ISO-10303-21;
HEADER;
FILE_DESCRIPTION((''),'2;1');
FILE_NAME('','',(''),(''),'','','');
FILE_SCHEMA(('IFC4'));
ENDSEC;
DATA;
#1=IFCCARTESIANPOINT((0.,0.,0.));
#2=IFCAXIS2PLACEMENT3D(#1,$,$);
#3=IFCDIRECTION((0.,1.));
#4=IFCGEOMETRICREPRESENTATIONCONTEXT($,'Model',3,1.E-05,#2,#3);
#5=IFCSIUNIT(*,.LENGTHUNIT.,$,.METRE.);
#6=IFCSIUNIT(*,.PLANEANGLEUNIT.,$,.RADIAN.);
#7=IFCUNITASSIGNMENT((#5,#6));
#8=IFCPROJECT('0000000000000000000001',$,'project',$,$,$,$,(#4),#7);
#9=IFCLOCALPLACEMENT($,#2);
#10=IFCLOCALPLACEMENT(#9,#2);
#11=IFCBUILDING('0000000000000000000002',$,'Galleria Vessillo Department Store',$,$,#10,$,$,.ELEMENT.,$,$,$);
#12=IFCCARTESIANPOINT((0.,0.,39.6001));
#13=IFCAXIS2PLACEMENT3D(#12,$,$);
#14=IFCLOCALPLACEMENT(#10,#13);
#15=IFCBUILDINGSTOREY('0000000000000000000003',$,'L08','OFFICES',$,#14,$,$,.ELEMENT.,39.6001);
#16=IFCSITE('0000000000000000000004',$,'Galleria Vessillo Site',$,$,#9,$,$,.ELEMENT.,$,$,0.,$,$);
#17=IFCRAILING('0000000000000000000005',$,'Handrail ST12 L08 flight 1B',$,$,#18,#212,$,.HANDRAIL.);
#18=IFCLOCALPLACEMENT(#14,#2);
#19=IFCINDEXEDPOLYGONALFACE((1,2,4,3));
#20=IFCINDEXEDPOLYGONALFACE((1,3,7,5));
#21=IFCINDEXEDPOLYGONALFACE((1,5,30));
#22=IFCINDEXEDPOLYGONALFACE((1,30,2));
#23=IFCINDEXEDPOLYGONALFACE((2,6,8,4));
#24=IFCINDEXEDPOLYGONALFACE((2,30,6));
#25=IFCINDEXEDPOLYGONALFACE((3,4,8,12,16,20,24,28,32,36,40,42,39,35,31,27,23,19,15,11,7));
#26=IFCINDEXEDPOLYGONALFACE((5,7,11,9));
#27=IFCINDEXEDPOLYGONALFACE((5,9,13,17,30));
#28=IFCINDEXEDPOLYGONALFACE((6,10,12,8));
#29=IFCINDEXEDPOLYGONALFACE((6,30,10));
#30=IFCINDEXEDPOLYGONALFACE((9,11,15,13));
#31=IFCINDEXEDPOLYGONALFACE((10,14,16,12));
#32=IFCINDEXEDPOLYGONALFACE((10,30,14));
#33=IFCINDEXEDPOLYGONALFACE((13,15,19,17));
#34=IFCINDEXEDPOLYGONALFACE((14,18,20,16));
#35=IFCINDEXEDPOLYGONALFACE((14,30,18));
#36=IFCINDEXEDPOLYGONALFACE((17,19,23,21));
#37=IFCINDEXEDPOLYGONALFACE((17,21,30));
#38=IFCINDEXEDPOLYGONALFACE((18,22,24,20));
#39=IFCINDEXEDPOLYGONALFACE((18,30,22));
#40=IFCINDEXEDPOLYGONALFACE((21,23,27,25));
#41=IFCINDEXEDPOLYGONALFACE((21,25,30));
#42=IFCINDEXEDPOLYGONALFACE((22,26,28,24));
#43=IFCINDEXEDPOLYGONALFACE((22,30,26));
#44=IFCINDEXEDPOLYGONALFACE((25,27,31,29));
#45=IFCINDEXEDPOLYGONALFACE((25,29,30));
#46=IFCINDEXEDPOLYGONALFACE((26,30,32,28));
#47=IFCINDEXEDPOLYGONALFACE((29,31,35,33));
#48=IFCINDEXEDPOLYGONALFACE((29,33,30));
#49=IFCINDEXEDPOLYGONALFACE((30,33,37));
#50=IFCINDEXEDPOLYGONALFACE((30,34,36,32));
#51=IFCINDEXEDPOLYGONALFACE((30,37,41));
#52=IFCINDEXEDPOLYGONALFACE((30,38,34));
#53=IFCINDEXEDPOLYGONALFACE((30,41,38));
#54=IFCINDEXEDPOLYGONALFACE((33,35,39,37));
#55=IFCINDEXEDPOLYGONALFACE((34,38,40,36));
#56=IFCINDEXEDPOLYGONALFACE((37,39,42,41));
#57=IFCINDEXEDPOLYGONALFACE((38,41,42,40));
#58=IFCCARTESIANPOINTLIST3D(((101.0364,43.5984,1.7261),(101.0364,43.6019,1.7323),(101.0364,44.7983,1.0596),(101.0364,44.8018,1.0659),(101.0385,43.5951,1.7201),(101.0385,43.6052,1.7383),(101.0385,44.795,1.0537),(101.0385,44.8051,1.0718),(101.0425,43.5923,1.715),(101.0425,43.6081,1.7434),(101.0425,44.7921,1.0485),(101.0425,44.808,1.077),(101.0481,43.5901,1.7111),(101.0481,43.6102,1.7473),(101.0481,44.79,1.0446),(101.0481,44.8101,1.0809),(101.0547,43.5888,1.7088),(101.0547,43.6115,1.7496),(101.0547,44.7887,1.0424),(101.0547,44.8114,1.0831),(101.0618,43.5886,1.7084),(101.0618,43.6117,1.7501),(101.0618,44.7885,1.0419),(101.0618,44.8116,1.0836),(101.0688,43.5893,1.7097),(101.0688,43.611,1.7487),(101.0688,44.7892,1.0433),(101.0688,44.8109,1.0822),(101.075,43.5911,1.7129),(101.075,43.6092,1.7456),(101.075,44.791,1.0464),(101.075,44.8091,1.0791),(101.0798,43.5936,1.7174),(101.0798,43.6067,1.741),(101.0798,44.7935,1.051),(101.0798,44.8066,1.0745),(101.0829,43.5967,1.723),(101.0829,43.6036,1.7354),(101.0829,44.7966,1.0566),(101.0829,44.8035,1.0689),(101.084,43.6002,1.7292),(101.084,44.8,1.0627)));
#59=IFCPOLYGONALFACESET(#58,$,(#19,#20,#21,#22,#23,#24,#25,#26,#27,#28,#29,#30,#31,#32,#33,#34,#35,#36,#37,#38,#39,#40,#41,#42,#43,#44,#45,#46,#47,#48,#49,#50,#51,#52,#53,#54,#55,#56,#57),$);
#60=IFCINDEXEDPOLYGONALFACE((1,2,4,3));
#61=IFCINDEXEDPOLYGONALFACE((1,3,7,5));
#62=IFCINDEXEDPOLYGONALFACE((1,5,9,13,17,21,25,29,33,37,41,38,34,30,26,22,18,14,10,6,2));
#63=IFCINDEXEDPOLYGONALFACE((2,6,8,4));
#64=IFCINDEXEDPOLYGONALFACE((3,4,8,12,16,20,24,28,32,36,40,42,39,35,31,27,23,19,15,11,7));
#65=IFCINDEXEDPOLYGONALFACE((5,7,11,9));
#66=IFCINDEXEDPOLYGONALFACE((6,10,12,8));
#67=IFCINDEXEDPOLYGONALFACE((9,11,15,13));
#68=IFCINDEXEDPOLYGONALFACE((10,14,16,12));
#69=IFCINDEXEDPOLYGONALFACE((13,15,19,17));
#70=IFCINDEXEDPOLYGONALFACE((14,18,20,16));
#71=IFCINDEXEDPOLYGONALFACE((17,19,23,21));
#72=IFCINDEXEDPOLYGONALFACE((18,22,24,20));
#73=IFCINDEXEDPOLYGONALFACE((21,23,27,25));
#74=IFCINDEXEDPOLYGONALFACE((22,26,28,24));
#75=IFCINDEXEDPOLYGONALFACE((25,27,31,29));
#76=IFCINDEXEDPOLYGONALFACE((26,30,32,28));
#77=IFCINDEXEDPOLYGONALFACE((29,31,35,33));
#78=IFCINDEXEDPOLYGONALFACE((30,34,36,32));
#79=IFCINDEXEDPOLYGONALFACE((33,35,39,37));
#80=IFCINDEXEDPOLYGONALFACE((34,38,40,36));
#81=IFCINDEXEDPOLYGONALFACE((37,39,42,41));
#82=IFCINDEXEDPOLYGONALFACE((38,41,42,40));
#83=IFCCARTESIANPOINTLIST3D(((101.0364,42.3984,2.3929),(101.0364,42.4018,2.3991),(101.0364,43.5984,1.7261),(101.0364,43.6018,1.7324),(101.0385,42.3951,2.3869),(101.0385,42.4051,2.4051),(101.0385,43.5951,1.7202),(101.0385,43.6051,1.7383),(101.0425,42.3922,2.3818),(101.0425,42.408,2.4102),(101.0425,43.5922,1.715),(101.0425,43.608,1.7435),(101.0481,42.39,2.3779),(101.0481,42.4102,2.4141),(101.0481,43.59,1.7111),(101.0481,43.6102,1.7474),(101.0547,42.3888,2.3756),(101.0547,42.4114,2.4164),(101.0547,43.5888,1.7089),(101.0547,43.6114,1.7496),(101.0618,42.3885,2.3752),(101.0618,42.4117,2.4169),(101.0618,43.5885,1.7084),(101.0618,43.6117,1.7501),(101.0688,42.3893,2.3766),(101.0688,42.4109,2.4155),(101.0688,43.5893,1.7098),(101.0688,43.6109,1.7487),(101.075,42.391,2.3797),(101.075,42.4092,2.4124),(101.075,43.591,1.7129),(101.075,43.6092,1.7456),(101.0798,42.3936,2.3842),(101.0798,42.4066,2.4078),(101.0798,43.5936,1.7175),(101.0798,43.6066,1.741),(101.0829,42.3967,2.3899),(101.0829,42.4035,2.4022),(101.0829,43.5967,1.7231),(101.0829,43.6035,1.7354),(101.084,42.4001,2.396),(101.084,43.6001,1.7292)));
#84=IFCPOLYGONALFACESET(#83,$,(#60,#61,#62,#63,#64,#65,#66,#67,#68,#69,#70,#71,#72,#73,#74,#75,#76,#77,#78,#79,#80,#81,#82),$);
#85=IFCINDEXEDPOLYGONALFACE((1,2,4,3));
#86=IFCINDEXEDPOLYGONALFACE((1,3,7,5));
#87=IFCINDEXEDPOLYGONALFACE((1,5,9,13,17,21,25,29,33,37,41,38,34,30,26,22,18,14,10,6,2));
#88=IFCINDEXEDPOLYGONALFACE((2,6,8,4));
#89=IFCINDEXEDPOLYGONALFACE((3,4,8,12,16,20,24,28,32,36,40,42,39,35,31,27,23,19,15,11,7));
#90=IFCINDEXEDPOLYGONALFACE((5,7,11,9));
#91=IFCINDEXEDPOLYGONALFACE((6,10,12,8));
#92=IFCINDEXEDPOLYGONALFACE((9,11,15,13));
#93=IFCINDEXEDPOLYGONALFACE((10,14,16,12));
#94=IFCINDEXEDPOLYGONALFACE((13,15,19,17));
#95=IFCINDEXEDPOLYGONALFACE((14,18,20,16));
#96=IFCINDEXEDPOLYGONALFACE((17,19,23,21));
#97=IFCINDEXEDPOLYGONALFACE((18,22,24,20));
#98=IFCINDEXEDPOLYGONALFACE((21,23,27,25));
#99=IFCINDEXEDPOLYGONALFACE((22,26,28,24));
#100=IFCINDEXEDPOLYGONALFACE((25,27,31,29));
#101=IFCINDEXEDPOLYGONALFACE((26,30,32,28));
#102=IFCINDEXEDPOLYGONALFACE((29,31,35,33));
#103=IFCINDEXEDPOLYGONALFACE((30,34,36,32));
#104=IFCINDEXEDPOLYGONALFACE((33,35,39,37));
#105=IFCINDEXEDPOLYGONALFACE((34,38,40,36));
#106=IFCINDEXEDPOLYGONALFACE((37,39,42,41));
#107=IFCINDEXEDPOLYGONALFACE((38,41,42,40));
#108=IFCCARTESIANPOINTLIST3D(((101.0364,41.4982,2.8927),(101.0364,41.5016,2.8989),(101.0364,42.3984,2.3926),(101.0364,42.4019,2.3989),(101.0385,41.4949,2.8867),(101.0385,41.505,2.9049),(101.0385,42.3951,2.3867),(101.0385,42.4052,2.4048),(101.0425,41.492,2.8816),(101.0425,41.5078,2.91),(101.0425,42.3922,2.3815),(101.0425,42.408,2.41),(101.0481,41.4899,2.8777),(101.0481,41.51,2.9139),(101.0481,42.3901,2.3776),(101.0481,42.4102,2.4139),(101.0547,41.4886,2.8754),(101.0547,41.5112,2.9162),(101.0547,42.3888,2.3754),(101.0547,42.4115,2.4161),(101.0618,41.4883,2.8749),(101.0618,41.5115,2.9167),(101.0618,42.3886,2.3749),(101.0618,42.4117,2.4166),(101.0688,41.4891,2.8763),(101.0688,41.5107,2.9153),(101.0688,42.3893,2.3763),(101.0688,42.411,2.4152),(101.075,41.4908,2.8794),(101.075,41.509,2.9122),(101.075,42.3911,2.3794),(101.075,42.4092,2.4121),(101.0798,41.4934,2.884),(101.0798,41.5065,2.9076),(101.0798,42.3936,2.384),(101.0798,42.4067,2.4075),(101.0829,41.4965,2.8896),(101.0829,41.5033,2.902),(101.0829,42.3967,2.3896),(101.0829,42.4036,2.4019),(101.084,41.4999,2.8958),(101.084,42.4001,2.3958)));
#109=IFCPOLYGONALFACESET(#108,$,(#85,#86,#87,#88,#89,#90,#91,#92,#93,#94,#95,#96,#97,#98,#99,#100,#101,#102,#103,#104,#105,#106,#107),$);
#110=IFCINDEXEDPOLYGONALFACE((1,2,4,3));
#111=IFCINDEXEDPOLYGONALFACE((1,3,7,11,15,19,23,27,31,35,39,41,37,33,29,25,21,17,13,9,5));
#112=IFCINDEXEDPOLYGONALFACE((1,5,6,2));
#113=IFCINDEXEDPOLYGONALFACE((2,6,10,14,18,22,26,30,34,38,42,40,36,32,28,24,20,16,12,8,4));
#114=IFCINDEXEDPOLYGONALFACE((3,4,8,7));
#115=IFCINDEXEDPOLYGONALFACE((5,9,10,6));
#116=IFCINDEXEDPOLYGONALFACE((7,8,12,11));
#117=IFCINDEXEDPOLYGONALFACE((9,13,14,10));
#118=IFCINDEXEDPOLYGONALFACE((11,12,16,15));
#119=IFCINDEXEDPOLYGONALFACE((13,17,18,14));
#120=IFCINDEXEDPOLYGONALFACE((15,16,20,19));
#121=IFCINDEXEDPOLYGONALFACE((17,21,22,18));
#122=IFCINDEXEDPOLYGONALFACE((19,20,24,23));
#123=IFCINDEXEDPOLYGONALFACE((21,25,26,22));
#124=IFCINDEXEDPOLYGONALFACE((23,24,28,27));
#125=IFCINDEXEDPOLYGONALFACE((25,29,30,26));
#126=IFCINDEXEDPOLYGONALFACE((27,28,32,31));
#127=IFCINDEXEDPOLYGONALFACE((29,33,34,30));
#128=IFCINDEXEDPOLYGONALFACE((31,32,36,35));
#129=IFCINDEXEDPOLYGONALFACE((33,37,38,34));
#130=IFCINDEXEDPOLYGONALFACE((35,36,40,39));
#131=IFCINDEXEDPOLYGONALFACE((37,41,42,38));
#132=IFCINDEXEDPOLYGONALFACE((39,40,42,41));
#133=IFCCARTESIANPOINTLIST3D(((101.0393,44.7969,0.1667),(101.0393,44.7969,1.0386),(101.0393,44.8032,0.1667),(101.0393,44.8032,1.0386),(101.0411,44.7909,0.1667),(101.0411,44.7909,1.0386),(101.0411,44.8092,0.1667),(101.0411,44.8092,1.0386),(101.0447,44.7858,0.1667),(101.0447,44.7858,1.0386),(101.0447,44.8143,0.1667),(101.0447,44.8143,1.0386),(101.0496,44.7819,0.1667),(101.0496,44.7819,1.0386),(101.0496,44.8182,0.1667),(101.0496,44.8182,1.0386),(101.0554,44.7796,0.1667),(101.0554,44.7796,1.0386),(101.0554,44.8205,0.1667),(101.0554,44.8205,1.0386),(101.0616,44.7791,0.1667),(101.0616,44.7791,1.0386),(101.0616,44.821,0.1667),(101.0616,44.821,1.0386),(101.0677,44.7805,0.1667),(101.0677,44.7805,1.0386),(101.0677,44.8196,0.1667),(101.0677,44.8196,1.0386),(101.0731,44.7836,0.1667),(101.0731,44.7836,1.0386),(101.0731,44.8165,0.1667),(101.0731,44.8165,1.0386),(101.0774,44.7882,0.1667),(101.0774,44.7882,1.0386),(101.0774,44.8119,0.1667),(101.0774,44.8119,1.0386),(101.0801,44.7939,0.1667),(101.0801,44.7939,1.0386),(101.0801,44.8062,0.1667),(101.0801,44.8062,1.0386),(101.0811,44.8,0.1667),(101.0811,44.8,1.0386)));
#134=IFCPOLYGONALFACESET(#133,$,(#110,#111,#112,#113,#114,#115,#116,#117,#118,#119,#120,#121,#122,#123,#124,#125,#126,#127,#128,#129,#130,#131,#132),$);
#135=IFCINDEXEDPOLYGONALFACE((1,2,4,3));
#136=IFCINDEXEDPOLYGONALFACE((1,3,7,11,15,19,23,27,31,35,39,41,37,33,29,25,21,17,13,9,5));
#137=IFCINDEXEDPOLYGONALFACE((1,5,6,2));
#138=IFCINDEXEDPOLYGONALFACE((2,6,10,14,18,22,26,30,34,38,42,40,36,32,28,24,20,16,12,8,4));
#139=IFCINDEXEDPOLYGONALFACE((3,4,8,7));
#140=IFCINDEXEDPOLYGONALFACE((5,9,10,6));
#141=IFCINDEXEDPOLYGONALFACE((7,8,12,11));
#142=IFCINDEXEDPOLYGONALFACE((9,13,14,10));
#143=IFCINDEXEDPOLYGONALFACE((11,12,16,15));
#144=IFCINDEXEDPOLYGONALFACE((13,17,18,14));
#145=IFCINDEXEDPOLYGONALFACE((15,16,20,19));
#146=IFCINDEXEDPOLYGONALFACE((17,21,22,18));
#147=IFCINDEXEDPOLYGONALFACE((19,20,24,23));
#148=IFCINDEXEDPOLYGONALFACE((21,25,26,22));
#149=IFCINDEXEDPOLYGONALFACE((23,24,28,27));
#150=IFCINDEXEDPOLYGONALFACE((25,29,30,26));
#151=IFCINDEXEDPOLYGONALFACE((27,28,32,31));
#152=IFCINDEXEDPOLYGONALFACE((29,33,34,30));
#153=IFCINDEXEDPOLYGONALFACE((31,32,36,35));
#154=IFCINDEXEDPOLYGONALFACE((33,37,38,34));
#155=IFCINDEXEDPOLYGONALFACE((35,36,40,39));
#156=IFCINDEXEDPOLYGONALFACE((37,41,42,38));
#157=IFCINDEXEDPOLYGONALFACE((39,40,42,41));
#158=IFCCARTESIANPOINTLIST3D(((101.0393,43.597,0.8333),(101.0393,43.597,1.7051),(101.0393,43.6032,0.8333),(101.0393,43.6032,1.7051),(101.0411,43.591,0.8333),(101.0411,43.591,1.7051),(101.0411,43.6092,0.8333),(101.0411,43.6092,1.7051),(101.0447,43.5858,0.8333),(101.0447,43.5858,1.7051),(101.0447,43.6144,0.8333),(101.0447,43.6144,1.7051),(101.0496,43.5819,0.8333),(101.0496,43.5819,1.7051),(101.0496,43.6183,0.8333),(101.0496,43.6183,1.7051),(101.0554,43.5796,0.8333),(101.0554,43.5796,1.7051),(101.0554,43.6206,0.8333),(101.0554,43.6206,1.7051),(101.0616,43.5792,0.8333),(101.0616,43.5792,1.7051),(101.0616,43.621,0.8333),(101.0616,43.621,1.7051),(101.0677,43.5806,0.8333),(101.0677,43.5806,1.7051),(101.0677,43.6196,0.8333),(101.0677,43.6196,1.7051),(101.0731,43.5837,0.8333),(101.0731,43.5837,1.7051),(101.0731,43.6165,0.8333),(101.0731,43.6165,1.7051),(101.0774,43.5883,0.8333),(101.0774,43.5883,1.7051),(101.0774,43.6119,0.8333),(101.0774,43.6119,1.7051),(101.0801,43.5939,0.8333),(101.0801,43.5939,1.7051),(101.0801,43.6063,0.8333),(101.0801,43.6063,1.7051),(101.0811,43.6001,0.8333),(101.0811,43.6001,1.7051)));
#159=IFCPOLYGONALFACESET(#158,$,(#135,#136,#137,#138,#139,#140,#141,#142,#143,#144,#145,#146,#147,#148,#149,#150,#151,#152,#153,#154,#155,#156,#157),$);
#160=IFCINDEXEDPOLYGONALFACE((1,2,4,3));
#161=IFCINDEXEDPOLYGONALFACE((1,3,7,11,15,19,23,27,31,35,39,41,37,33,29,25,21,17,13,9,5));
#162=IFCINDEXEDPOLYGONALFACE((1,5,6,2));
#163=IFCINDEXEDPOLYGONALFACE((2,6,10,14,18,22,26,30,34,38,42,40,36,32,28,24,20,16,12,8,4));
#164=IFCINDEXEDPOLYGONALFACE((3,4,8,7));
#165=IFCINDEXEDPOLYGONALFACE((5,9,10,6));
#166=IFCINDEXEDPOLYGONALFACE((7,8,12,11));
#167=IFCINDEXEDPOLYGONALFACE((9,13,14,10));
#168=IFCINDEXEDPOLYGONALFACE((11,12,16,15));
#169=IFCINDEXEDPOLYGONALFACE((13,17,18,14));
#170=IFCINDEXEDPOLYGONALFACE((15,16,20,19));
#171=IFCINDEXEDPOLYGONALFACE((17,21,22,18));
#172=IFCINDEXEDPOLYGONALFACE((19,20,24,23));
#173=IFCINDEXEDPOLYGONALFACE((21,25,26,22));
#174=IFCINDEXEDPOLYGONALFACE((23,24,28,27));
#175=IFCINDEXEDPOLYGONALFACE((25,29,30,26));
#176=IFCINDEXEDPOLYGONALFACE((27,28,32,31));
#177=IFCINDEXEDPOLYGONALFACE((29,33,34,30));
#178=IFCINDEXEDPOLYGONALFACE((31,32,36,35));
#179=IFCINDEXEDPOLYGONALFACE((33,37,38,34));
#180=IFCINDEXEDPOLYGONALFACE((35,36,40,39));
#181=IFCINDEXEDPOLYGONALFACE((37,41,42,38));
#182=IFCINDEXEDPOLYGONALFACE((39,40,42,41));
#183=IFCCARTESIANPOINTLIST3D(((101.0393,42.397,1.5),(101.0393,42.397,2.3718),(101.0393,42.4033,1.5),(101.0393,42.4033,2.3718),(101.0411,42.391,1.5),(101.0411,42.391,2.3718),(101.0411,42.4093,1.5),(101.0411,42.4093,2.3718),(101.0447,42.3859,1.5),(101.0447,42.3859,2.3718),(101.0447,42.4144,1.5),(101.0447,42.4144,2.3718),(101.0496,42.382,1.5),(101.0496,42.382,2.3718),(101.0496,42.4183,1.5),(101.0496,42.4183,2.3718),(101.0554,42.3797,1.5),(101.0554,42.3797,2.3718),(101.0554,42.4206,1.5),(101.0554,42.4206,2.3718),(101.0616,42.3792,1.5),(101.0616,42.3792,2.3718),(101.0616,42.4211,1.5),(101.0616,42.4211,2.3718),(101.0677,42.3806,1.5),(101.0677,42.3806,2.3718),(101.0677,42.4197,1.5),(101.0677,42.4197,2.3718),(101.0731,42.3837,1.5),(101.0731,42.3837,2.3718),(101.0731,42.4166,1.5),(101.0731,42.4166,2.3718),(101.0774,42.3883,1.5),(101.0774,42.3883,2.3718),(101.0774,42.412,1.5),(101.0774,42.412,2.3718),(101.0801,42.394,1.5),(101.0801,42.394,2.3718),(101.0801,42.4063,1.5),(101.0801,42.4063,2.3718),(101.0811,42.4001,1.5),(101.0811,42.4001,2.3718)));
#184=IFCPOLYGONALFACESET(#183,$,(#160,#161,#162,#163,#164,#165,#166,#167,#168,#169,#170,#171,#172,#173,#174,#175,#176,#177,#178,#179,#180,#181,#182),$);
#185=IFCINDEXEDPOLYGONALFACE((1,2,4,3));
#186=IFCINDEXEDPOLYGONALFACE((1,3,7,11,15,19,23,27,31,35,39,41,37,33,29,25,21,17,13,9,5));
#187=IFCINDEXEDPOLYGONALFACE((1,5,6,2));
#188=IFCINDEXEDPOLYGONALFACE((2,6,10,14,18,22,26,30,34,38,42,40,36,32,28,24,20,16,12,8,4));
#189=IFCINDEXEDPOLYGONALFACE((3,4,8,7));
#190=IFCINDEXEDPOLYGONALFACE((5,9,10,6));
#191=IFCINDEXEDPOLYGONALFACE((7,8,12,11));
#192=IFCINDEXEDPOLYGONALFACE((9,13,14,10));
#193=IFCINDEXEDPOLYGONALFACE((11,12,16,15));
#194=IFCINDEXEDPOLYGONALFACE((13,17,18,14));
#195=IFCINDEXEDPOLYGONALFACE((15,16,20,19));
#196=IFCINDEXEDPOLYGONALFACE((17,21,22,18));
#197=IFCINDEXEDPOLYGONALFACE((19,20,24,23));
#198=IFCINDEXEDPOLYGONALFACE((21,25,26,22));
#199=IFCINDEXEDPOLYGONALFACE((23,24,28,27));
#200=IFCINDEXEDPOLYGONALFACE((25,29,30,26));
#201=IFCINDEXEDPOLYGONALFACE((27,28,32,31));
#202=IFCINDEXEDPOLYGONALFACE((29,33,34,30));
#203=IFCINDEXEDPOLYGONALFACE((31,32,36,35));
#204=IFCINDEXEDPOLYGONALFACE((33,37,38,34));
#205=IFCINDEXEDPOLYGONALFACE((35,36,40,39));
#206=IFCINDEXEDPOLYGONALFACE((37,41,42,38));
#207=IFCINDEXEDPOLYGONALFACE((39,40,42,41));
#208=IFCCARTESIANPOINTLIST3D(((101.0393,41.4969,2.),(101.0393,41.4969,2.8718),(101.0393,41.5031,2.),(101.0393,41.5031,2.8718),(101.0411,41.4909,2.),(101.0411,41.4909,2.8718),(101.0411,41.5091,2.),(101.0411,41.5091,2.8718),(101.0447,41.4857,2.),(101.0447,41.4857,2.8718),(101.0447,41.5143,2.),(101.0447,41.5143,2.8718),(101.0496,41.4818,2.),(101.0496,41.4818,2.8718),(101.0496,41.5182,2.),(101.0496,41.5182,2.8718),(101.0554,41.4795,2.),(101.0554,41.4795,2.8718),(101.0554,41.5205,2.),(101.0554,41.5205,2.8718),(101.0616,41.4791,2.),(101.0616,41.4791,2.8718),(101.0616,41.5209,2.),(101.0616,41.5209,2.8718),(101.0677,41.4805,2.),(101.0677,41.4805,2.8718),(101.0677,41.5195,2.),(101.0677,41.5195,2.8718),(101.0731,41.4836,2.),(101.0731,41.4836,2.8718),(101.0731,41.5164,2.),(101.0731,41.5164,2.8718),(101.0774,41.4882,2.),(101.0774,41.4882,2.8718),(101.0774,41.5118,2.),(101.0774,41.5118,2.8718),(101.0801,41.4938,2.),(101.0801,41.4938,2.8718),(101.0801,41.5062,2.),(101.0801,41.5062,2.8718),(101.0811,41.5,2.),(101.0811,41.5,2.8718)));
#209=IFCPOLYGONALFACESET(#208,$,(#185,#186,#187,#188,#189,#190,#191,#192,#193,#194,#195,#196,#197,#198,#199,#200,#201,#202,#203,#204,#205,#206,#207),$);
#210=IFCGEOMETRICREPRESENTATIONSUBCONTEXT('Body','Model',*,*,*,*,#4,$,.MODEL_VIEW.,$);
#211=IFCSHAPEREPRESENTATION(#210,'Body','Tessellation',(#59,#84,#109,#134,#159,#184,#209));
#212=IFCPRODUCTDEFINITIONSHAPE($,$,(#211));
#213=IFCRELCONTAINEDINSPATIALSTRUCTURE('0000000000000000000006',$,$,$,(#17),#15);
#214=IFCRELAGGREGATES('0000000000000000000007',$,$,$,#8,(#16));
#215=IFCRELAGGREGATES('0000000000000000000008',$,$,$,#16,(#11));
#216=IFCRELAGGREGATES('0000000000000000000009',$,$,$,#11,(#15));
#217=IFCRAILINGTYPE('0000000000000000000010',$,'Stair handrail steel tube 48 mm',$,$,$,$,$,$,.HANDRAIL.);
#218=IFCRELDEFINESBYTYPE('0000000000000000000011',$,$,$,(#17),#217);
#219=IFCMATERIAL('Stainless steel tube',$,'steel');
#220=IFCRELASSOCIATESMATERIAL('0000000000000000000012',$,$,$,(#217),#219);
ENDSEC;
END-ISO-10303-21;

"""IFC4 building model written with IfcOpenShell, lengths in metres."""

from ifc_helpers import new_model, si_unit, direction, frame, origin, origin_2d, place, context, subcontext, project, spatial, circle, extrude, material, type_object, element, save


model = new_model("IFC4")

# Units and contexts
model_context = context("Model", 3, precision=1e-05, world=origin(), true_north=direction((0.0, 1.0)))
body_context = subcontext(model_context, "Body", "Model", "MODEL_VIEW")
ifc_project = project(units=[si_unit("LENGTHUNIT", "METRE"), si_unit("PLANEANGLEUNIT", "RADIAN")], contexts=[model_context])

# Site, building, storey
site_placement = place(None, origin())
site = spatial("IfcSite", under=ifc_project, at=site_placement, Name="Galleria Vessillo Site", CompositionType="ELEMENT", RefElevation=0.0)
building_placement = place(site_placement, origin())
building = spatial("IfcBuilding", under=site, at=building_placement, Name="Galleria Vessillo Department Store", CompositionType="ELEMENT")
storey_placement = place(building_placement, frame((0.0, 0.0, 39.6001)))
storey = spatial("IfcBuildingStorey", under=building, at=storey_placement, Name="L08", Description="OFFICES", CompositionType="ELEMENT", Elevation=39.6001)

# Railing
ifc_material_1 = material(Name="Stainless steel tube", Category="steel")
railing_type = type_object("IfcRailingType", Name="Stair handrail steel tube 48 mm", PredefinedType="HANDRAIL", material=ifc_material_1)
for number, where, name in (
    (1, (101.0601, 44.8, 0.1667), "Handrail ST12 L08 flight 1B"),
):
    element("IfcRailing", number, at=place(storey_placement, frame(where)), inside=storey, type_object=railing_type, Name=name, PredefinedType="HANDRAIL", context=body_context, shape_type="SweptSolid", body=[
        extrude(circle(Radius=0.0239, at=origin_2d()), frame((0.0, 0.0, 0.896), z_axis=(0.0, -0.874199, 0.485567), x_axis=(1.0, 0.0, 0.0)), (0.0, 0.0, 1.0), 1.3726),
        extrude(circle(Radius=0.0239, at=origin_2d()), frame((0.0, -1.2, 1.5625), z_axis=(0.0, -0.874124, 0.485703), x_axis=(1.0, 0.0, 0.0)), (0.0, 0.0, 1.0), 1.3728),
        extrude(circle(Radius=0.0239, at=origin_2d()), frame((0.0, -2.3999, 2.229), z_axis=(0.0, -0.874191, 0.485583), x_axis=(1.0, 0.0, 0.0)), (0.0, 0.0, 1.0), 1.0298),
        extrude(circle(Radius=0.021, at=origin_2d()), origin(), (0.0, 0.0, 1.0), 0.8718),
        extrude(circle(Radius=0.021, at=origin_2d()), frame((0.0, -1.2, 0.6665)), (0.0, 0.0, 1.0), 0.8718),
        extrude(circle(Radius=0.021, at=origin_2d()), frame((0.0, -2.3999, 1.3333)), (0.0, 0.0, 1.0), 0.8718),
        extrude(circle(Radius=0.021, at=origin_2d()), frame((0.0, -3.3, 1.8333)), (0.0, 0.0, 1.0), 0.8718),
    ])

save(model, "model.ifc")
